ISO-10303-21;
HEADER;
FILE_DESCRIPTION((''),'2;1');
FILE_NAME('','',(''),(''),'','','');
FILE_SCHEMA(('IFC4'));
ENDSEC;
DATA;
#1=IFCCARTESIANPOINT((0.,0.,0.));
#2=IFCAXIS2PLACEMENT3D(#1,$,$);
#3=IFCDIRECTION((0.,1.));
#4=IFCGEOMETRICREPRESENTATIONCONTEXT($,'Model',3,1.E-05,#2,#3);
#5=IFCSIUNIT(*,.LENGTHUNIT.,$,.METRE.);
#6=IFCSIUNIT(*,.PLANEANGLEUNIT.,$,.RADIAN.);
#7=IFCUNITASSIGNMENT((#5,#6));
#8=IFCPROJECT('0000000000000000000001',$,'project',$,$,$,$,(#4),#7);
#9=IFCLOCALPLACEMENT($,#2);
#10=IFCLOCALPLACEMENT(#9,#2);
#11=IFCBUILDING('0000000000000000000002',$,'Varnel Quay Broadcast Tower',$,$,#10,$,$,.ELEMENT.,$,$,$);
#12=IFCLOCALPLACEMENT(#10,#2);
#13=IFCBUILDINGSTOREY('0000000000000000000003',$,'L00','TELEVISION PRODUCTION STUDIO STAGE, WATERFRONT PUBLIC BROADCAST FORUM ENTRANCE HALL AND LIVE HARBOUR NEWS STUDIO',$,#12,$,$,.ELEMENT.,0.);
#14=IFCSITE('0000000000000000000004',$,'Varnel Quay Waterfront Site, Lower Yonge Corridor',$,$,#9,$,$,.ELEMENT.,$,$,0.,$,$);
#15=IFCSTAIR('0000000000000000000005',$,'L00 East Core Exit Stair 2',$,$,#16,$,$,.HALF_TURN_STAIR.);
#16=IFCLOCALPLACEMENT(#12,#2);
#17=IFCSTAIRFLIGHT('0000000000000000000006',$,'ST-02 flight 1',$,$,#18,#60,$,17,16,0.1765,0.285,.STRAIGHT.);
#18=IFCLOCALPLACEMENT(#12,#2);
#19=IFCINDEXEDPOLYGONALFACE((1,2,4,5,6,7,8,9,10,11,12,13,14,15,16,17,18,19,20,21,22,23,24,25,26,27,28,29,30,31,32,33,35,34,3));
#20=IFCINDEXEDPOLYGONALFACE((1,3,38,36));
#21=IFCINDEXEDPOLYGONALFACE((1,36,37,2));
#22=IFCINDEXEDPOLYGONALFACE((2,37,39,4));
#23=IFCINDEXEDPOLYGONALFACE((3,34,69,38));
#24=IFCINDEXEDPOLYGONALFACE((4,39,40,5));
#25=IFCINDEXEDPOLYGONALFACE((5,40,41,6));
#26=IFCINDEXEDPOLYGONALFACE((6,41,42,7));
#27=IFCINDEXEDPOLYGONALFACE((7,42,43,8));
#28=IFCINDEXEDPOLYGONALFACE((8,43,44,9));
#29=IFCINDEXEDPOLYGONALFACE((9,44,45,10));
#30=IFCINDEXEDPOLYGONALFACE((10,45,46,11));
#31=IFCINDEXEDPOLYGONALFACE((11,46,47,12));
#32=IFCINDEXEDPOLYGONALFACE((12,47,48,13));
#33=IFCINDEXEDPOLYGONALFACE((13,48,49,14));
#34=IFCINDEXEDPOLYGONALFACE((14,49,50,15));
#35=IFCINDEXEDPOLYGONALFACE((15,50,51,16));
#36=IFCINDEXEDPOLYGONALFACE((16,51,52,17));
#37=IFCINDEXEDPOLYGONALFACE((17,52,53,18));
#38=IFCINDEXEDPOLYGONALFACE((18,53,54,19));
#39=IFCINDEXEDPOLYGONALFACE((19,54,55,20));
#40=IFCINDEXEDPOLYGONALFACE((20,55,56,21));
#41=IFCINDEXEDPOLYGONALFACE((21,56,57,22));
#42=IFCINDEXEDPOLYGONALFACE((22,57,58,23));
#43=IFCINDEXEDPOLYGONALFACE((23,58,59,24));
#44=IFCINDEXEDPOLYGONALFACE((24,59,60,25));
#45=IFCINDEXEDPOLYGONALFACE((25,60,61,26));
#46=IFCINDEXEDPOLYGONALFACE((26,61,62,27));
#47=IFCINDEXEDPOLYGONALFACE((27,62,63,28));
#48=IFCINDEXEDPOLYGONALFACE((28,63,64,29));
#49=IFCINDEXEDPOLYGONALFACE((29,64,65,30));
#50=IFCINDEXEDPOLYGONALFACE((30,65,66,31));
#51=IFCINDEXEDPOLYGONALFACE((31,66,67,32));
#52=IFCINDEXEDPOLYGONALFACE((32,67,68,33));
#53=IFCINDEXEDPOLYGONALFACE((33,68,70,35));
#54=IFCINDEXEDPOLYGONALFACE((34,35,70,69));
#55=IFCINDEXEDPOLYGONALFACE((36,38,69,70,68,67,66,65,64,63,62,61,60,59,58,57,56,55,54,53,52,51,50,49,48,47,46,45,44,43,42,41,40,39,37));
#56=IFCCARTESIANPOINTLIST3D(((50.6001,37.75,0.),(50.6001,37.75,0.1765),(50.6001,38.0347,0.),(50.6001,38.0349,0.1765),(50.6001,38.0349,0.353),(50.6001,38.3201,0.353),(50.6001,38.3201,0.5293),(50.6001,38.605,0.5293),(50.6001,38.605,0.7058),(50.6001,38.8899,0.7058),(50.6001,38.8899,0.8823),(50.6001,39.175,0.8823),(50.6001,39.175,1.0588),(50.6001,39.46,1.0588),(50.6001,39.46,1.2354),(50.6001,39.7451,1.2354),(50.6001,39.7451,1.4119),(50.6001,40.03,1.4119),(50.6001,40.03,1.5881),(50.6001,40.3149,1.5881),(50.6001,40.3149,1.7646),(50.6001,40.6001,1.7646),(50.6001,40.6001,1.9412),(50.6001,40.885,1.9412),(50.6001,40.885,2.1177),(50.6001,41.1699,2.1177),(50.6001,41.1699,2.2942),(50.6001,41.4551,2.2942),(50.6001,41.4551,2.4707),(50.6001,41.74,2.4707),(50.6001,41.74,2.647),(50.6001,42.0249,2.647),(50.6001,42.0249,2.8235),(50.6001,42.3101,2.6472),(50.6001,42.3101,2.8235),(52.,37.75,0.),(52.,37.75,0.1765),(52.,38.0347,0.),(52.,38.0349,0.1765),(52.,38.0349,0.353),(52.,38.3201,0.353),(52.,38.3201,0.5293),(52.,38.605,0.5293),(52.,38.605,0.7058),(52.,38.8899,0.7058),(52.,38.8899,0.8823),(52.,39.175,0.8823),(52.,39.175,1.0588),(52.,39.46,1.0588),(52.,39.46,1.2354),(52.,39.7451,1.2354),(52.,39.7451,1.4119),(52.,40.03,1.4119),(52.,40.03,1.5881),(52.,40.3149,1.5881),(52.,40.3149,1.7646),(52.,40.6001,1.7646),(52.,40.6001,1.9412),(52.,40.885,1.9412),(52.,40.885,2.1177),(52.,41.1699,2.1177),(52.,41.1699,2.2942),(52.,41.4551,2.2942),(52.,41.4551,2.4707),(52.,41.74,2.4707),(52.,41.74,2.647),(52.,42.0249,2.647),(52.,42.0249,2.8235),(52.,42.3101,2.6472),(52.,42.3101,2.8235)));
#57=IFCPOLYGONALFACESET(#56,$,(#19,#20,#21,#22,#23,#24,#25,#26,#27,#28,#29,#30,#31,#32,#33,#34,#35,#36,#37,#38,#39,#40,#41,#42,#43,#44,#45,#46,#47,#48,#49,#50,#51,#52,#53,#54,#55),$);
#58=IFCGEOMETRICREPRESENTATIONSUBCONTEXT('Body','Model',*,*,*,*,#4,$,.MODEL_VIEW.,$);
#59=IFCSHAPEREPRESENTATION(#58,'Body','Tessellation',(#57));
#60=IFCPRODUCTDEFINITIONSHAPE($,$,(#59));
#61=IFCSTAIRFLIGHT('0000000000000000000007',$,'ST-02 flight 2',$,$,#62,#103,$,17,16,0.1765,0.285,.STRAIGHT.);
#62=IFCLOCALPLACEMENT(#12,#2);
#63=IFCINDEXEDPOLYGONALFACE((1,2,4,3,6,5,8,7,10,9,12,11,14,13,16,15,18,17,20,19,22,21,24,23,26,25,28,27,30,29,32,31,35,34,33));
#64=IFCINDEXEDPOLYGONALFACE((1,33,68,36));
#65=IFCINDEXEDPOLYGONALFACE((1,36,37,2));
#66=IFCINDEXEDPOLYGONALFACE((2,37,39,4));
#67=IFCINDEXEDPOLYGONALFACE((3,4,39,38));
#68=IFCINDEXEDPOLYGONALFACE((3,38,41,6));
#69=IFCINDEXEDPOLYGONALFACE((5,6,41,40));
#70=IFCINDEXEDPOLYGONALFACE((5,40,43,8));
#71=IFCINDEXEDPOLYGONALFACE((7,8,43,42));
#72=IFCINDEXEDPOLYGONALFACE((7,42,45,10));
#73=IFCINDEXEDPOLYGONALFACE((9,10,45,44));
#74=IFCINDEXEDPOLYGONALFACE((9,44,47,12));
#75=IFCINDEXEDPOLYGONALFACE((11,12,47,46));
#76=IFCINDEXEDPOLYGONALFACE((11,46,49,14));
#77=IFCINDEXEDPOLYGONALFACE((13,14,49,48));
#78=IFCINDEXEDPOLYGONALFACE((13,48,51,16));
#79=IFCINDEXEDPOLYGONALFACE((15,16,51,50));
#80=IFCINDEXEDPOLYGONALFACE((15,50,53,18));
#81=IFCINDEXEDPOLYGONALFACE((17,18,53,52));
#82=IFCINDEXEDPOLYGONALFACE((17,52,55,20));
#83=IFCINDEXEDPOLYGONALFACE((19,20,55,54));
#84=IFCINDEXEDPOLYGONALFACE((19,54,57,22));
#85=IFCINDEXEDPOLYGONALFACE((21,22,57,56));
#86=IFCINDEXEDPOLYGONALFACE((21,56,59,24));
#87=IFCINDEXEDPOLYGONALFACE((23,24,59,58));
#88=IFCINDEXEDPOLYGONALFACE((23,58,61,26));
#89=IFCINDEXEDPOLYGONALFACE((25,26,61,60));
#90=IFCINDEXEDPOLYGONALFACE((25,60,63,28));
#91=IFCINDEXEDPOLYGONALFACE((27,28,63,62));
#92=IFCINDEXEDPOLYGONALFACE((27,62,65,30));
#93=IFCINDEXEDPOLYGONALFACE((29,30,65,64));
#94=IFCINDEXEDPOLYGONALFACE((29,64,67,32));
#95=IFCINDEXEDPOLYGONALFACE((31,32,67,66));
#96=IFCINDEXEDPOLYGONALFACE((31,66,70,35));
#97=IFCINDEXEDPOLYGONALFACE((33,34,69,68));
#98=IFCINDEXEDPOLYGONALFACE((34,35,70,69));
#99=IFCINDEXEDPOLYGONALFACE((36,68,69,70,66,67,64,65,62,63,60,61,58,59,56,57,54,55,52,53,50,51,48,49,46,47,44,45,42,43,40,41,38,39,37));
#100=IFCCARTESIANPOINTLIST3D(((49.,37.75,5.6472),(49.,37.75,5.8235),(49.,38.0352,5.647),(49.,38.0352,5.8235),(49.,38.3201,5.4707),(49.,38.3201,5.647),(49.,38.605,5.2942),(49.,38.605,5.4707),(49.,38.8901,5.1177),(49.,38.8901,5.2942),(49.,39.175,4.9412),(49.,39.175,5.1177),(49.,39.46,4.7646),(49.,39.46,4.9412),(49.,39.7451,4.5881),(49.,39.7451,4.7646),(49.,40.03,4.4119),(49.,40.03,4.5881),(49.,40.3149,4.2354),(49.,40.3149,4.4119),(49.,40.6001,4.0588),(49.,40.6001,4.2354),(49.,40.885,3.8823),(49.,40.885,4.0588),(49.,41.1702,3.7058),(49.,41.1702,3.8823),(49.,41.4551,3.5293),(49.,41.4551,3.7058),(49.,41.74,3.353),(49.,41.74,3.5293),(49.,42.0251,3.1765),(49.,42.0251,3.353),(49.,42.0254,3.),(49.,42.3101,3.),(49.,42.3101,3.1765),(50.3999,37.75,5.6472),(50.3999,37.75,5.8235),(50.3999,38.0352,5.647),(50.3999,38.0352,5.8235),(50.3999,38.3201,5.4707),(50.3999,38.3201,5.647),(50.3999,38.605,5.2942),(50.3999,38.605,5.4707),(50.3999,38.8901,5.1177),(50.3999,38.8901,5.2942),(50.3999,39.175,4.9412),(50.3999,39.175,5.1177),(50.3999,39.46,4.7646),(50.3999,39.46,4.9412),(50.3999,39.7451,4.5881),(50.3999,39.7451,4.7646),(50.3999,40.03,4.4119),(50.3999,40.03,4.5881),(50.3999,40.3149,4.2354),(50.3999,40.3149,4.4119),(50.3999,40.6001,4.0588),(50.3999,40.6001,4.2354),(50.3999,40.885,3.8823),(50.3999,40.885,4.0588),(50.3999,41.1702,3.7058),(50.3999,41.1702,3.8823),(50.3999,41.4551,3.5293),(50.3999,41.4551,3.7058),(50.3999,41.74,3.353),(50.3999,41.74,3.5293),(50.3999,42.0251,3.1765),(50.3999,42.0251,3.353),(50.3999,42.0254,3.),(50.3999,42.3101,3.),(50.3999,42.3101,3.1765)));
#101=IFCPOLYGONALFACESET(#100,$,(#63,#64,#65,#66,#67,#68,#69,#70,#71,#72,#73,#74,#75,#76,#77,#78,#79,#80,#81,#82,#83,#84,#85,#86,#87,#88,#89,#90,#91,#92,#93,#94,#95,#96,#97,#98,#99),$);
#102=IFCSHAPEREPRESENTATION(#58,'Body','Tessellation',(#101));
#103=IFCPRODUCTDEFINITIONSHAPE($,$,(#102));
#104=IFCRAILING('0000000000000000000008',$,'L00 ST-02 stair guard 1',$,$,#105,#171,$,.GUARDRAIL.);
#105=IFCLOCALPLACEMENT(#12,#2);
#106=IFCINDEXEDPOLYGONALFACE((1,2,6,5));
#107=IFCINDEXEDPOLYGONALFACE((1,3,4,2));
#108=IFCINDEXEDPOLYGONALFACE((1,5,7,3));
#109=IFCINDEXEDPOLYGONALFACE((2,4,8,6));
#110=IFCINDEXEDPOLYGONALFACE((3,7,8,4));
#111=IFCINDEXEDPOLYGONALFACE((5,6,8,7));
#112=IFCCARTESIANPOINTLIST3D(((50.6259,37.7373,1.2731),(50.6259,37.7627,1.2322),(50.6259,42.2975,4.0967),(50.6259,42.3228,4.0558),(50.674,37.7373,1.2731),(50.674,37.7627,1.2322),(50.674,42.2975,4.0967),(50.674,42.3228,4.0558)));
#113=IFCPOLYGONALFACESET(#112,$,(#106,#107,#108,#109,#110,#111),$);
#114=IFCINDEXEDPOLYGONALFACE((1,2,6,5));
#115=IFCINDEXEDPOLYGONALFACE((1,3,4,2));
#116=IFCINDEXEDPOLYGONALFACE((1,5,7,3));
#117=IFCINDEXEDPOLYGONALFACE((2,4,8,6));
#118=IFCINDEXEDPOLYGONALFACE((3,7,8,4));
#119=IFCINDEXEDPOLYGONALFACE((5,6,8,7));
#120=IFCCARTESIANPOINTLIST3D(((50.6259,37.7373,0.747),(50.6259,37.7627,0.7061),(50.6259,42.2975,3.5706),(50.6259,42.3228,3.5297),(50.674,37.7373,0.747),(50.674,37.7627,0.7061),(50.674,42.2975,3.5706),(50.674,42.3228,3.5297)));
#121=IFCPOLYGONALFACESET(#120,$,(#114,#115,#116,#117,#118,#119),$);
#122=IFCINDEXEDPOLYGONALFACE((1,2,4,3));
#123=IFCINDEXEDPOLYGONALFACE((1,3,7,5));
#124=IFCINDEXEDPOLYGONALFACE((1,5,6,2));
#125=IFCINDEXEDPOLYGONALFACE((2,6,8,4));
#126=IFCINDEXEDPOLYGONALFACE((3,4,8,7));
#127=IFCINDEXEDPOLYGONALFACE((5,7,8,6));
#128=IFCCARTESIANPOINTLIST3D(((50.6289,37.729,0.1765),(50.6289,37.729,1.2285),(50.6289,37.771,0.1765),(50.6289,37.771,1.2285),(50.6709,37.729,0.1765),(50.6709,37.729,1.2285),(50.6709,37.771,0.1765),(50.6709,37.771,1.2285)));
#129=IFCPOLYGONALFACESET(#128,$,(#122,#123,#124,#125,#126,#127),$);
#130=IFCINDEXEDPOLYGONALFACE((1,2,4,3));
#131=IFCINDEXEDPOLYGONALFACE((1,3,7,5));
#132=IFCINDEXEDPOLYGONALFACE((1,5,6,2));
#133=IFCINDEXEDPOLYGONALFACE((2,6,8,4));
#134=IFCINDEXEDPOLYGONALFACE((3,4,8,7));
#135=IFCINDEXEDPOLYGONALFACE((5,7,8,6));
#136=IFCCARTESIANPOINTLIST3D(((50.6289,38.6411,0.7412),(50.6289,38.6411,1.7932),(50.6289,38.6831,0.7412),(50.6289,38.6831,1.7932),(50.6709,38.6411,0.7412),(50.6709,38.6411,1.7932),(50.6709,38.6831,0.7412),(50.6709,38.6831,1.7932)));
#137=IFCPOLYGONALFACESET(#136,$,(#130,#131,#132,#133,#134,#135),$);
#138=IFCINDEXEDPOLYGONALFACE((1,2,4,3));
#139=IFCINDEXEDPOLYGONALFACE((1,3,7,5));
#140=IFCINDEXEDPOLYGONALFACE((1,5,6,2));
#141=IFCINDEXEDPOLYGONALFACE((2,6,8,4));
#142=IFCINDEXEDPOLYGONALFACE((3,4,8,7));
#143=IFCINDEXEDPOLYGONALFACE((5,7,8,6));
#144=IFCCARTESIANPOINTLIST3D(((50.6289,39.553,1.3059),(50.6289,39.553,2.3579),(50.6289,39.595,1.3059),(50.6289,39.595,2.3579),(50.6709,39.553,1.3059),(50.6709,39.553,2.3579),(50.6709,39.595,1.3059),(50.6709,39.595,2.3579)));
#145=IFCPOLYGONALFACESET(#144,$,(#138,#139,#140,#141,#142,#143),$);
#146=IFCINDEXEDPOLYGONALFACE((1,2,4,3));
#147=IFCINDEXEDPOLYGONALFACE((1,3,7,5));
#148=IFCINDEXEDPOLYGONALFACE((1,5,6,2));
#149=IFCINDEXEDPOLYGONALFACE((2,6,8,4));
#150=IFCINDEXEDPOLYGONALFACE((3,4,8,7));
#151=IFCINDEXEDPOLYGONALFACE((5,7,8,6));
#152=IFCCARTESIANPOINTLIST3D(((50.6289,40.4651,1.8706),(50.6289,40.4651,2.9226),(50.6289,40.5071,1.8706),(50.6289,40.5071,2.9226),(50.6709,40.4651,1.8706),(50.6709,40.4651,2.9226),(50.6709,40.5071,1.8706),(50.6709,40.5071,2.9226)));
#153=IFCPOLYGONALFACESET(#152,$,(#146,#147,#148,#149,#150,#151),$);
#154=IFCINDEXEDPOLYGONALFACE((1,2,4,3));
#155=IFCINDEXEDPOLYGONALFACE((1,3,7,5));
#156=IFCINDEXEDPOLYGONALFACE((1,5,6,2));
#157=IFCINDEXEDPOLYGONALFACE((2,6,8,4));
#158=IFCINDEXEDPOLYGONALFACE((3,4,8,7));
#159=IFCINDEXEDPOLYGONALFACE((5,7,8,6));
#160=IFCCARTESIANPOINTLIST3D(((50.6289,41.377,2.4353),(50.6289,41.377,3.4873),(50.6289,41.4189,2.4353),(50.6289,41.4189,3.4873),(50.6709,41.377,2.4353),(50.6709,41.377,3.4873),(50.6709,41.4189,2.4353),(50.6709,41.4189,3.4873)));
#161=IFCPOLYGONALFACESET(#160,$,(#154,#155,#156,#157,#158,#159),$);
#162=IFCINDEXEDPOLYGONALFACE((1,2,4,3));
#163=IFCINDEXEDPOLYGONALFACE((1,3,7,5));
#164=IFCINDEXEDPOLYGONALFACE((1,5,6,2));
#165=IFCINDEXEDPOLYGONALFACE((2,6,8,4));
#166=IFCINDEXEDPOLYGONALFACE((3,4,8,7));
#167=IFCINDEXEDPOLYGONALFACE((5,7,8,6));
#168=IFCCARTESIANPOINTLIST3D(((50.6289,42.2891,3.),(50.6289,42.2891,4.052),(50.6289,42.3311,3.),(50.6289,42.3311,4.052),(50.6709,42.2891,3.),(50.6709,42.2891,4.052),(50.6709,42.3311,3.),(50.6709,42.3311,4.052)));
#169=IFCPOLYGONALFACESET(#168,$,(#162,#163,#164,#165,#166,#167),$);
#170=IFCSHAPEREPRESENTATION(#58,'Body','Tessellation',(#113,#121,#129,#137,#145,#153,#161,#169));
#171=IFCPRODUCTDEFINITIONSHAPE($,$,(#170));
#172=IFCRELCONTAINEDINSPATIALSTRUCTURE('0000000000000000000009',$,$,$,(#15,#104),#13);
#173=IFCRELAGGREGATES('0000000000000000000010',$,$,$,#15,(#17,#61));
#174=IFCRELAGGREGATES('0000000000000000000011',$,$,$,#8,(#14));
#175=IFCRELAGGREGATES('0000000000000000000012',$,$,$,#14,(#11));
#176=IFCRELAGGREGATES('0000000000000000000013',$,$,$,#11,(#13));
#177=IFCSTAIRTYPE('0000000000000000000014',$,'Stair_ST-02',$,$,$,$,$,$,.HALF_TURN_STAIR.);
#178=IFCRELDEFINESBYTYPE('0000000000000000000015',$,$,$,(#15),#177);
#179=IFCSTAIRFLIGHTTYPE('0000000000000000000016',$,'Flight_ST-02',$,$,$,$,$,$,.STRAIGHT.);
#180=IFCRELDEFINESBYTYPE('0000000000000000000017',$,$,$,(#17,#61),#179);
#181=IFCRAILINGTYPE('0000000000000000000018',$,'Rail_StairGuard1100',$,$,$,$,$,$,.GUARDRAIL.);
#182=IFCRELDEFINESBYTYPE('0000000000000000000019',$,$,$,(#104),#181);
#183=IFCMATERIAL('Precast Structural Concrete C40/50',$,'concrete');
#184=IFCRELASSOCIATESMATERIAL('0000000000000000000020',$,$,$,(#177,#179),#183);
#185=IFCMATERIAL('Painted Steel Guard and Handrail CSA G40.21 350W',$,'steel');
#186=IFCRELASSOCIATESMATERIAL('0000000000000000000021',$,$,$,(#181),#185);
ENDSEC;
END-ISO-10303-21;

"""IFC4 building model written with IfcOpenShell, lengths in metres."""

from ifc_helpers import new_model, si_unit, direction, frame, origin, origin_2d, place, context, subcontext, project, spatial, polyline, rectangle, outline, extrude, material, type_object, element, aggregate, save


model = new_model("IFC4")

# Units and contexts
model_context = context("Model", 3, precision=1e-05, world=origin(), true_north=direction((0.0, 1.0)))
body_context = subcontext(model_context, "Body", "Model", "MODEL_VIEW")
ifc_project = project(units=[si_unit("LENGTHUNIT", "METRE"), si_unit("PLANEANGLEUNIT", "RADIAN")], contexts=[model_context])

# Site, building, storey
site_placement = place(None, origin())
site = spatial("IfcSite", under=ifc_project, at=site_placement, Name="Varnel Quay Waterfront Site, Lower Yonge Corridor", CompositionType="ELEMENT", RefElevation=0.0)
building_placement = place(site_placement, origin())
building = spatial("IfcBuilding", under=site, at=building_placement, Name="Varnel Quay Broadcast Tower", CompositionType="ELEMENT")
storey_placement = place(building_placement, origin())
storey = spatial("IfcBuildingStorey", under=building, at=storey_placement, Name="L00", Description="TELEVISION PRODUCTION STUDIO STAGE, WATERFRONT PUBLIC BROADCAST FORUM ENTRANCE HALL AND LIVE HARBOUR NEWS STUDIO", CompositionType="ELEMENT", Elevation=0.0)

# Stair, stair flights
ifc_material_1 = material(Name="Precast Structural Concrete C40/50", Category="concrete")
stair_type = type_object("IfcStairType", Name="Stair_ST-02", PredefinedType="HALF_TURN_STAIR", material=ifc_material_1)
stair_placement = place(storey_placement, origin())
stair = element("IfcStair", 1, at=stair_placement, inside=storey, type_object=stair_type, Name="L00 East Core Exit Stair 2", PredefinedType="HALF_TURN_STAIR")
stair_flight_type = type_object("IfcStairFlightType", Name="Flight_ST-02", PredefinedType="STRAIGHT", material=ifc_material_1)
stair_flight_1_placement = place(storey_placement, frame((51.3, 37.75, 0.0), z_axis=(0.0, 0.0, 1.0), x_axis=(0.0, 1.0, 0.0)))
stair_flight_1 = element("IfcStairFlight", 2, at=stair_flight_1_placement, type_object=stair_flight_type, Name="ST-02 flight 1", NumberOfRisers=17, NumberOfTreads=16, PredefinedType="STRAIGHT", RiserHeight=0.1765, TreadLength=0.285, context=body_context, shape_type="SweptSolid", body=[
    extrude(outline(polyline([(0.0, 0.0), (0.0, 0.1765), (0.2849, 0.1765), (0.2849, 0.353), (0.5701, 0.353), (0.5701, 0.5293), (0.855, 0.5293), (0.855, 0.7058), (1.1399, 0.7058), (1.1399, 0.8823), (1.425, 0.8823), (1.425, 1.0588), (1.71, 1.0588), (1.71, 1.2354), (1.9951, 1.2354), (1.9951, 1.4119), (2.28, 1.4119), (2.28, 1.5881), (2.5649, 1.5881), (2.5649, 1.7646), (2.8501, 1.7646), (2.8501, 1.9412), (3.135, 1.9412), (3.135, 2.1177), (3.4199, 2.1177), (3.4199, 2.2942), (3.7051, 2.2942), (3.7051, 2.4707), (3.99, 2.4707), (3.99, 2.647), (4.2749, 2.647), (4.2749, 2.8235), (4.5601, 2.8235), (4.5601, 3.0), (4.5601, 2.6472), (0.2847, 0.0), (0.0, 0.0)])), frame((0.0, 0.7, 0.0), z_axis=(0.0, -1.0, 0.0), x_axis=(1.0, 0.0, 0.0)), (0.0, 0.0, 1.0), 1.3999),
])
stair_flight_2_placement = place(storey_placement, frame((49.7, 42.3101, 3.0), z_axis=(0.0, 0.0, 1.0), x_axis=(0.0, -1.0, 0.0)))
stair_flight_2 = element("IfcStairFlight", 3, at=stair_flight_2_placement, type_object=stair_flight_type, Name="ST-02 flight 2", NumberOfRisers=17, NumberOfTreads=16, PredefinedType="STRAIGHT", RiserHeight=0.1765, TreadLength=0.285, context=body_context, shape_type="SweptSolid", body=[
    extrude(outline(polyline([(0.0, 0.0), (0.0, 0.1765), (0.2849, 0.1765), (0.2849, 0.353), (0.5701, 0.353), (0.5701, 0.5293), (0.855, 0.5293), (0.855, 0.7058), (1.1399, 0.7058), (1.1399, 0.8823), (1.425, 0.8823), (1.425, 1.0588), (1.71, 1.0588), (1.71, 1.2354), (1.9951, 1.2354), (1.9951, 1.4119), (2.28, 1.4119), (2.28, 1.5881), (2.5649, 1.5881), (2.5649, 1.7646), (2.8501, 1.7646), (2.8501, 1.9412), (3.135, 1.9412), (3.135, 2.1177), (3.4199, 2.1177), (3.4199, 2.2942), (3.7051, 2.2942), (3.7051, 2.4707), (3.99, 2.4707), (3.99, 2.647), (4.2749, 2.647), (4.2749, 2.8235), (4.5601, 2.8235), (4.5601, 3.0), (4.5601, 2.6472), (0.2847, 0.0), (0.0, 0.0)])), frame((0.0, 0.7, 0.0), z_axis=(0.0, -1.0, 0.0), x_axis=(1.0, 0.0, 0.0)), (0.0, 0.0, 1.0), 1.3999),
])
aggregate(stair, [stair_flight_1, stair_flight_2])

# Railing
ifc_material_2 = material(Name="Painted Steel Guard and Handrail CSA G40.21 350W", Category="steel")
railing_type_1 = type_object("IfcRailingType", Name="Rail_StairGuard1100", PredefinedType="GUARDRAIL", material=ifc_material_2)
railing_1_placement = place(storey_placement, frame((50.6499, 37.75, 0.1765)))
element("IfcRailing", 4, at=railing_1_placement, inside=storey, type_object=railing_type_1, Name="L00 ST-02 stair guard 1", PredefinedType="GUARDRAIL", context=body_context, shape_type="SweptSolid", body=[
    extrude(rectangle(XDim=0.0481, YDim=0.0481, at=origin_2d()), frame((0.0, 0.0, 1.0762), z_axis=(0.0, 0.850216, 0.526435), x_axis=(-1.0, 0.0, 0.0)), (0.0, 0.0, 1.0), 5.3635),
    extrude(rectangle(XDim=0.0481, YDim=0.0481, at=origin_2d()), frame((0.0, 0.0, 0.55), z_axis=(0.0, 0.850216, 0.526435), x_axis=(-1.0, 0.0, 0.0)), (0.0, 0.0, 1.0), 5.3635),
    extrude(rectangle(XDim=0.042, YDim=0.042, at=origin_2d()), origin(), (0.0, 0.0, 1.0), 1.052),
    extrude(rectangle(XDim=0.042, YDim=0.042, at=origin_2d()), frame((0.0, 0.9121, 0.5647)), (0.0, 0.0, 1.0), 1.052),
    extrude(rectangle(XDim=0.042, YDim=0.042, at=origin_2d()), frame((0.0, 1.824, 1.1294)), (0.0, 0.0, 1.0), 1.052),
    extrude(rectangle(XDim=0.042, YDim=0.042, at=origin_2d()), frame((0.0, 2.7361, 1.6941)), (0.0, 0.0, 1.0), 1.052),
    extrude(rectangle(XDim=0.042, YDim=0.042, at=origin_2d()), frame((0.0, 3.6479, 2.2588)), (0.0, 0.0, 1.0), 1.052),
    extrude(rectangle(XDim=0.042, YDim=0.042, at=origin_2d()), frame((0.0, 4.5601, 2.8235)), (0.0, 0.0, 1.0), 1.052),
])

save(model, "model.ifc")
